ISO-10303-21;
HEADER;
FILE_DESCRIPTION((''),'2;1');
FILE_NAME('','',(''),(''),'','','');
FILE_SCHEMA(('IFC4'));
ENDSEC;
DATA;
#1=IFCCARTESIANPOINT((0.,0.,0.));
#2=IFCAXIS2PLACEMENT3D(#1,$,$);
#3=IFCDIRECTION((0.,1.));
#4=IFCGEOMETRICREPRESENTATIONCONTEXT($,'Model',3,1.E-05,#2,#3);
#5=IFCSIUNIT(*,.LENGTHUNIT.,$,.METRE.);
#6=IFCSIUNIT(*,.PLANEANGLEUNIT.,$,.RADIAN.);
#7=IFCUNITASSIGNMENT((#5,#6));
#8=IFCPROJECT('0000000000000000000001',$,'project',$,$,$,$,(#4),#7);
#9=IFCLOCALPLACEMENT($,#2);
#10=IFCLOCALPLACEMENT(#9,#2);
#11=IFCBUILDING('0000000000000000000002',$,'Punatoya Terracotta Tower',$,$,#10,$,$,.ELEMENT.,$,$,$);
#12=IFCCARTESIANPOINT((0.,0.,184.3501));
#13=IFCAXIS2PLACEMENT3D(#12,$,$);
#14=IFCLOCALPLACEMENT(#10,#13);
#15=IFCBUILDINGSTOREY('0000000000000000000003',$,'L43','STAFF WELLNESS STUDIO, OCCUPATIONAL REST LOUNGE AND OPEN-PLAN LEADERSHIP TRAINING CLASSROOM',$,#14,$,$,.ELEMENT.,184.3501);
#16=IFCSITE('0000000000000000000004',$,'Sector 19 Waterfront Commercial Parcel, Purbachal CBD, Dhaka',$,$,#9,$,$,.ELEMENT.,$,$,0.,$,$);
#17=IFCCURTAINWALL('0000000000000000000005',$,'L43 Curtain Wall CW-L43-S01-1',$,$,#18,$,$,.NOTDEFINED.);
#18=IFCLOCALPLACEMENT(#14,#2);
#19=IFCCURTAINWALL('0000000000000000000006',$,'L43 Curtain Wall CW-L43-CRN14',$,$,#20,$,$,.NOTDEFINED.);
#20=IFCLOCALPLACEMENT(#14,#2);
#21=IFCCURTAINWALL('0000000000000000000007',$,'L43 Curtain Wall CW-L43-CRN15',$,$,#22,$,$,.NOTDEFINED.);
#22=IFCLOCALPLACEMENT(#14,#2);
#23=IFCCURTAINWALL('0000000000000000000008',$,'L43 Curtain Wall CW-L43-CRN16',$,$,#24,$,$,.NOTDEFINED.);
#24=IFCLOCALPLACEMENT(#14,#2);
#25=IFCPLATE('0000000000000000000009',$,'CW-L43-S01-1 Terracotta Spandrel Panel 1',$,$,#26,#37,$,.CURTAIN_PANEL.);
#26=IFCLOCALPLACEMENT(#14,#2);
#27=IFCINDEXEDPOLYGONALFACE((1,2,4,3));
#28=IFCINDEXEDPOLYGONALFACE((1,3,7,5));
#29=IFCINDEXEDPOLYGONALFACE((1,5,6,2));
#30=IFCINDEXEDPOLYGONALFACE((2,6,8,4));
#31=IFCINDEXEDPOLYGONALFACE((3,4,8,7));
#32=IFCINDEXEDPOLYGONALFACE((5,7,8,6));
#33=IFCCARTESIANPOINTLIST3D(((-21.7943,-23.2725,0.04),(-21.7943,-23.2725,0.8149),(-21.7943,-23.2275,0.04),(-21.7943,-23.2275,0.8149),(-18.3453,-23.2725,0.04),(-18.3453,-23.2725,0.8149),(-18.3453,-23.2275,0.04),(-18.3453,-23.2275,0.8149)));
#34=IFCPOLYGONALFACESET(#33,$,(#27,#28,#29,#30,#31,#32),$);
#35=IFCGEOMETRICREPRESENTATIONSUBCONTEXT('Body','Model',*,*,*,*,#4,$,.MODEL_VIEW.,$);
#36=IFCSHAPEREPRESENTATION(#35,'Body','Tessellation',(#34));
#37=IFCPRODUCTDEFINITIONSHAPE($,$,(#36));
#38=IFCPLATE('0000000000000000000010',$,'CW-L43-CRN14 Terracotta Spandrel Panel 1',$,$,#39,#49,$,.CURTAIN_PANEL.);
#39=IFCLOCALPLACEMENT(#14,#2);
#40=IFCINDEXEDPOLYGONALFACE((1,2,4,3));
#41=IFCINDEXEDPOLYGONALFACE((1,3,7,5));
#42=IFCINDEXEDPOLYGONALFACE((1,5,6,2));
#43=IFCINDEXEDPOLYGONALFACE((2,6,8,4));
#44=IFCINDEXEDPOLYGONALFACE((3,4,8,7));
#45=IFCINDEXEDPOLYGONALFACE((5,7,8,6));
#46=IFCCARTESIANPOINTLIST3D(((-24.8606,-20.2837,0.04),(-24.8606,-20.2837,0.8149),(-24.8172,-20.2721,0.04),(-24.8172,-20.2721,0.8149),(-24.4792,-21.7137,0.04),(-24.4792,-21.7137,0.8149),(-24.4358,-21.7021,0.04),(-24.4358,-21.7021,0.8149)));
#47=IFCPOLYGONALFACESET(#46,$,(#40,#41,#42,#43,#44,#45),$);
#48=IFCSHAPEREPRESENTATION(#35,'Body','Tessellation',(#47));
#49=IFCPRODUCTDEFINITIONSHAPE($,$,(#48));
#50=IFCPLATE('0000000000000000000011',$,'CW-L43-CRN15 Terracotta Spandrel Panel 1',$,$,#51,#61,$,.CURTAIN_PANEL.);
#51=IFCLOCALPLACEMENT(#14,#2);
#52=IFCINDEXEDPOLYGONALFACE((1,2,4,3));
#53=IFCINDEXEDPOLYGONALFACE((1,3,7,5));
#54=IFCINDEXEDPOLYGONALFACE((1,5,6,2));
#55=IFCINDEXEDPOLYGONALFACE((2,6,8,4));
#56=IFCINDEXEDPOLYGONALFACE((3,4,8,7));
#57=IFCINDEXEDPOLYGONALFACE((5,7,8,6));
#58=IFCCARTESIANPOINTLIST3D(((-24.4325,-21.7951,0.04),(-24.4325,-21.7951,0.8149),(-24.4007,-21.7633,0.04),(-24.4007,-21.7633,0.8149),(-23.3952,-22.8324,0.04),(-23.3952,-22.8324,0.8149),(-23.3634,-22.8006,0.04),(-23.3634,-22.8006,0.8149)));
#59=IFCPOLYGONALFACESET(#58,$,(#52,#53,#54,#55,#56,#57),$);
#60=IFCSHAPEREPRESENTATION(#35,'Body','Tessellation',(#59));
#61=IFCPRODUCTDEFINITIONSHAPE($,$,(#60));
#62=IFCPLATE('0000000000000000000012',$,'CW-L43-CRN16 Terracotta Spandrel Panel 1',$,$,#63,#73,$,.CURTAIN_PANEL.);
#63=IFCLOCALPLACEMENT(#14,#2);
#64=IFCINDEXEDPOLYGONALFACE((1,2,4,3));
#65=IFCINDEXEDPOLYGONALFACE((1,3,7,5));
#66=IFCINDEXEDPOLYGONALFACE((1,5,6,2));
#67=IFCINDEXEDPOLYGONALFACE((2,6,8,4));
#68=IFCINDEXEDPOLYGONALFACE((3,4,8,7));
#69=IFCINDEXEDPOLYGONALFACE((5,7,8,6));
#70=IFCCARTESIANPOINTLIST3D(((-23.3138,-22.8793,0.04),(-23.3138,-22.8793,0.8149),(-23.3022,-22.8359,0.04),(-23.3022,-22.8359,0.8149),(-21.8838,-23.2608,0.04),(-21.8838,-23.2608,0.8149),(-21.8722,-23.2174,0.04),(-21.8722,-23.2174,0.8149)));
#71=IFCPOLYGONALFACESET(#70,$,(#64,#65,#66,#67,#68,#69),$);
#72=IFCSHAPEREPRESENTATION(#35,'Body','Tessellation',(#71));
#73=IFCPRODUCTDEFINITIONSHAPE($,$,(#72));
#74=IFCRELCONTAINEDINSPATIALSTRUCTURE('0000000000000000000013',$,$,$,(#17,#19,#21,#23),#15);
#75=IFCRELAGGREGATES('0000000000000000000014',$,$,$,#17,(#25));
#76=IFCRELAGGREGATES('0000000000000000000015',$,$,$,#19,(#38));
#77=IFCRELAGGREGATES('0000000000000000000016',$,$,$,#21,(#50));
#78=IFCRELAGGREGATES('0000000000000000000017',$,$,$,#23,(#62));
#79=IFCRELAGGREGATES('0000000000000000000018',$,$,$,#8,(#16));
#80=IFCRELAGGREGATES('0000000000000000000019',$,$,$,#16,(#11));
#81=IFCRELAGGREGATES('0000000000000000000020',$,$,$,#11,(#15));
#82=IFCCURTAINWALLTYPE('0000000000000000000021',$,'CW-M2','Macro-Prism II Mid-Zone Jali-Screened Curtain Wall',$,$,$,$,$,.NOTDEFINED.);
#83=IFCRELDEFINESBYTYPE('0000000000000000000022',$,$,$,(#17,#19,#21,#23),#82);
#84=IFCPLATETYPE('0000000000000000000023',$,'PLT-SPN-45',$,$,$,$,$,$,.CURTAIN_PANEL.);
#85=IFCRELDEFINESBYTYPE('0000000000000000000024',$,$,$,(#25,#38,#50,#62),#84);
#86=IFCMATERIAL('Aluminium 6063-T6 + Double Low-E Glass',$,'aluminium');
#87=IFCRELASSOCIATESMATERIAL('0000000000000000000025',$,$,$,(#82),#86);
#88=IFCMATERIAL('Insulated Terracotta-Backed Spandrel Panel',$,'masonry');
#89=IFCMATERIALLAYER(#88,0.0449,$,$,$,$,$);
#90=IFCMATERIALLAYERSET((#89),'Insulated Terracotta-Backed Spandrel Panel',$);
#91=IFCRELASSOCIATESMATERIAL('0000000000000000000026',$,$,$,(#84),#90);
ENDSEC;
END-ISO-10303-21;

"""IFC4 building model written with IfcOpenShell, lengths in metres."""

from ifc_helpers import new_model, si_unit, direction, frame, origin, origin_2d, place, context, subcontext, project, spatial, rectangle, extrude, material, layer, layer_set, type_object, element, aggregate, save


model = new_model("IFC4")

# Units and contexts
model_context = context("Model", 3, precision=1e-05, world=origin(), true_north=direction((0.0, 1.0)))
body_context = subcontext(model_context, "Body", "Model", "MODEL_VIEW")
ifc_project = project(units=[si_unit("LENGTHUNIT", "METRE"), si_unit("PLANEANGLEUNIT", "RADIAN")], contexts=[model_context])

# Site, building, storey
site_placement = place(None, origin())
site = spatial("IfcSite", under=ifc_project, at=site_placement, Name="Sector 19 Waterfront Commercial Parcel, Purbachal CBD, Dhaka", CompositionType="ELEMENT", RefElevation=0.0)
building_placement = place(site_placement, origin())
building = spatial("IfcBuilding", under=site, at=building_placement, Name="Punatoya Terracotta Tower", CompositionType="ELEMENT")
storey_placement = place(building_placement, frame((0.0, 0.0, 184.3501)))
storey = spatial("IfcBuildingStorey", under=building, at=storey_placement, Name="L43", Description="STAFF WELLNESS STUDIO, OCCUPATIONAL REST LOUNGE AND OPEN-PLAN LEADERSHIP TRAINING CLASSROOM", CompositionType="ELEMENT", Elevation=184.3501)

# Curtain wall
ifc_material_1 = material(Name="Aluminium 6063-T6 + Double Low-E Glass", Category="aluminium")
curtain_wall_type = type_object("IfcCurtainWallType", Name="CW-M2", Description="Macro-Prism II Mid-Zone Jali-Screened Curtain Wall", PredefinedType="NOTDEFINED", material=ifc_material_1)
curtain_wall_1_placement = place(storey_placement, origin())
curtain_wall_1 = element("IfcCurtainWall", 1, at=curtain_wall_1_placement, inside=storey, type_object=curtain_wall_type, Name="L43 Curtain Wall CW-L43-S01-1", PredefinedType="NOTDEFINED")

# Curtain walls
curtain_wall_2_placement = place(storey_placement, origin())
curtain_wall_2 = element("IfcCurtainWall", 2, at=curtain_wall_2_placement, inside=storey, type_object=curtain_wall_type, Name="L43 Curtain Wall CW-L43-CRN14", PredefinedType="NOTDEFINED")
curtain_wall_3_placement = place(storey_placement, origin())
curtain_wall_3 = element("IfcCurtainWall", 3, at=curtain_wall_3_placement, inside=storey, type_object=curtain_wall_type, Name="L43 Curtain Wall CW-L43-CRN15", PredefinedType="NOTDEFINED")
curtain_wall_4_placement = place(storey_placement, origin())
curtain_wall_4 = element("IfcCurtainWall", 4, at=curtain_wall_4_placement, inside=storey, type_object=curtain_wall_type, Name="L43 Curtain Wall CW-L43-CRN16", PredefinedType="NOTDEFINED")

# Plates
ifc_material_2 = material(Name="Insulated Terracotta-Backed Spandrel Panel", Category="masonry")
ifc_layer_1 = layer(ifc_material_2, 0.0449)
ifc_layer_set_1 = layer_set([ifc_layer_1], Name="Insulated Terracotta-Backed Spandrel Panel")
plate_type_1 = type_object("IfcPlateType", Name="PLT-SPN-45", PredefinedType="CURTAIN_PANEL", material=ifc_layer_set_1)
plate_1_placement = place(storey_placement, frame((-20.0698, -23.25, 0.04), z_axis=(0.0, 0.0, 1.0), x_axis=(1.0, 0.0, 0.0)))
plate_1 = element("IfcPlate", 5, at=plate_1_placement, type_object=plate_type_1, Name="CW-L43-S01-1 Terracotta Spandrel Panel 1", PredefinedType="CURTAIN_PANEL", context=body_context, shape_type="SweptSolid", body=[
    extrude(rectangle(XDim=3.449, YDim=0.0449, at=origin_2d()), origin(), (0.0, 0.0, 1.0), 0.7749),
])
aggregate(curtain_wall_1, [plate_1])
plate_2_placement = place(storey_placement, frame((-24.6482, -20.9929, 0.04), z_axis=(0.0, 0.0, 1.0), x_axis=(0.257742, -0.966214, 0.0)))
plate_2 = element("IfcPlate", 6, at=plate_2_placement, type_object=plate_type_1, Name="CW-L43-CRN14 Terracotta Spandrel Panel 1", PredefinedType="CURTAIN_PANEL", context=body_context, shape_type="SweptSolid", body=[
    extrude(rectangle(XDim=1.48, YDim=0.0449, at=origin_2d()), origin(), (0.0, 0.0, 1.0), 0.7749),
])
aggregate(curtain_wall_2, [plate_2])
plate_3_placement = place(storey_placement, frame((-23.8979, -22.2979, 0.04), z_axis=(0.0, 0.0, 1.0), x_axis=(0.707107, -0.707107, 0.0)))
plate_3 = element("IfcPlate", 7, at=plate_3_placement, type_object=plate_type_1, Name="CW-L43-CRN15 Terracotta Spandrel Panel 1", PredefinedType="CURTAIN_PANEL", context=body_context, shape_type="SweptSolid", body=[
    extrude(rectangle(XDim=1.467, YDim=0.0449, at=origin_2d()), origin(), (0.0, 0.0, 1.0), 0.7749),
])
aggregate(curtain_wall_3, [plate_3])
plate_4_placement = place(storey_placement, frame((-22.593, -23.0483, 0.04), z_axis=(0.0, 0.0, 1.0), x_axis=(0.966214, -0.257742, 0.0)))
plate_4 = element("IfcPlate", 8, at=plate_4_placement, type_object=plate_type_1, Name="CW-L43-CRN16 Terracotta Spandrel Panel 1", PredefinedType="CURTAIN_PANEL", context=body_context, shape_type="SweptSolid", body=[
    extrude(rectangle(XDim=1.48, YDim=0.0449, at=origin_2d()), origin(), (0.0, 0.0, 1.0), 0.7749),
])
aggregate(curtain_wall_4, [plate_4])

save(model, "model.ifc")
